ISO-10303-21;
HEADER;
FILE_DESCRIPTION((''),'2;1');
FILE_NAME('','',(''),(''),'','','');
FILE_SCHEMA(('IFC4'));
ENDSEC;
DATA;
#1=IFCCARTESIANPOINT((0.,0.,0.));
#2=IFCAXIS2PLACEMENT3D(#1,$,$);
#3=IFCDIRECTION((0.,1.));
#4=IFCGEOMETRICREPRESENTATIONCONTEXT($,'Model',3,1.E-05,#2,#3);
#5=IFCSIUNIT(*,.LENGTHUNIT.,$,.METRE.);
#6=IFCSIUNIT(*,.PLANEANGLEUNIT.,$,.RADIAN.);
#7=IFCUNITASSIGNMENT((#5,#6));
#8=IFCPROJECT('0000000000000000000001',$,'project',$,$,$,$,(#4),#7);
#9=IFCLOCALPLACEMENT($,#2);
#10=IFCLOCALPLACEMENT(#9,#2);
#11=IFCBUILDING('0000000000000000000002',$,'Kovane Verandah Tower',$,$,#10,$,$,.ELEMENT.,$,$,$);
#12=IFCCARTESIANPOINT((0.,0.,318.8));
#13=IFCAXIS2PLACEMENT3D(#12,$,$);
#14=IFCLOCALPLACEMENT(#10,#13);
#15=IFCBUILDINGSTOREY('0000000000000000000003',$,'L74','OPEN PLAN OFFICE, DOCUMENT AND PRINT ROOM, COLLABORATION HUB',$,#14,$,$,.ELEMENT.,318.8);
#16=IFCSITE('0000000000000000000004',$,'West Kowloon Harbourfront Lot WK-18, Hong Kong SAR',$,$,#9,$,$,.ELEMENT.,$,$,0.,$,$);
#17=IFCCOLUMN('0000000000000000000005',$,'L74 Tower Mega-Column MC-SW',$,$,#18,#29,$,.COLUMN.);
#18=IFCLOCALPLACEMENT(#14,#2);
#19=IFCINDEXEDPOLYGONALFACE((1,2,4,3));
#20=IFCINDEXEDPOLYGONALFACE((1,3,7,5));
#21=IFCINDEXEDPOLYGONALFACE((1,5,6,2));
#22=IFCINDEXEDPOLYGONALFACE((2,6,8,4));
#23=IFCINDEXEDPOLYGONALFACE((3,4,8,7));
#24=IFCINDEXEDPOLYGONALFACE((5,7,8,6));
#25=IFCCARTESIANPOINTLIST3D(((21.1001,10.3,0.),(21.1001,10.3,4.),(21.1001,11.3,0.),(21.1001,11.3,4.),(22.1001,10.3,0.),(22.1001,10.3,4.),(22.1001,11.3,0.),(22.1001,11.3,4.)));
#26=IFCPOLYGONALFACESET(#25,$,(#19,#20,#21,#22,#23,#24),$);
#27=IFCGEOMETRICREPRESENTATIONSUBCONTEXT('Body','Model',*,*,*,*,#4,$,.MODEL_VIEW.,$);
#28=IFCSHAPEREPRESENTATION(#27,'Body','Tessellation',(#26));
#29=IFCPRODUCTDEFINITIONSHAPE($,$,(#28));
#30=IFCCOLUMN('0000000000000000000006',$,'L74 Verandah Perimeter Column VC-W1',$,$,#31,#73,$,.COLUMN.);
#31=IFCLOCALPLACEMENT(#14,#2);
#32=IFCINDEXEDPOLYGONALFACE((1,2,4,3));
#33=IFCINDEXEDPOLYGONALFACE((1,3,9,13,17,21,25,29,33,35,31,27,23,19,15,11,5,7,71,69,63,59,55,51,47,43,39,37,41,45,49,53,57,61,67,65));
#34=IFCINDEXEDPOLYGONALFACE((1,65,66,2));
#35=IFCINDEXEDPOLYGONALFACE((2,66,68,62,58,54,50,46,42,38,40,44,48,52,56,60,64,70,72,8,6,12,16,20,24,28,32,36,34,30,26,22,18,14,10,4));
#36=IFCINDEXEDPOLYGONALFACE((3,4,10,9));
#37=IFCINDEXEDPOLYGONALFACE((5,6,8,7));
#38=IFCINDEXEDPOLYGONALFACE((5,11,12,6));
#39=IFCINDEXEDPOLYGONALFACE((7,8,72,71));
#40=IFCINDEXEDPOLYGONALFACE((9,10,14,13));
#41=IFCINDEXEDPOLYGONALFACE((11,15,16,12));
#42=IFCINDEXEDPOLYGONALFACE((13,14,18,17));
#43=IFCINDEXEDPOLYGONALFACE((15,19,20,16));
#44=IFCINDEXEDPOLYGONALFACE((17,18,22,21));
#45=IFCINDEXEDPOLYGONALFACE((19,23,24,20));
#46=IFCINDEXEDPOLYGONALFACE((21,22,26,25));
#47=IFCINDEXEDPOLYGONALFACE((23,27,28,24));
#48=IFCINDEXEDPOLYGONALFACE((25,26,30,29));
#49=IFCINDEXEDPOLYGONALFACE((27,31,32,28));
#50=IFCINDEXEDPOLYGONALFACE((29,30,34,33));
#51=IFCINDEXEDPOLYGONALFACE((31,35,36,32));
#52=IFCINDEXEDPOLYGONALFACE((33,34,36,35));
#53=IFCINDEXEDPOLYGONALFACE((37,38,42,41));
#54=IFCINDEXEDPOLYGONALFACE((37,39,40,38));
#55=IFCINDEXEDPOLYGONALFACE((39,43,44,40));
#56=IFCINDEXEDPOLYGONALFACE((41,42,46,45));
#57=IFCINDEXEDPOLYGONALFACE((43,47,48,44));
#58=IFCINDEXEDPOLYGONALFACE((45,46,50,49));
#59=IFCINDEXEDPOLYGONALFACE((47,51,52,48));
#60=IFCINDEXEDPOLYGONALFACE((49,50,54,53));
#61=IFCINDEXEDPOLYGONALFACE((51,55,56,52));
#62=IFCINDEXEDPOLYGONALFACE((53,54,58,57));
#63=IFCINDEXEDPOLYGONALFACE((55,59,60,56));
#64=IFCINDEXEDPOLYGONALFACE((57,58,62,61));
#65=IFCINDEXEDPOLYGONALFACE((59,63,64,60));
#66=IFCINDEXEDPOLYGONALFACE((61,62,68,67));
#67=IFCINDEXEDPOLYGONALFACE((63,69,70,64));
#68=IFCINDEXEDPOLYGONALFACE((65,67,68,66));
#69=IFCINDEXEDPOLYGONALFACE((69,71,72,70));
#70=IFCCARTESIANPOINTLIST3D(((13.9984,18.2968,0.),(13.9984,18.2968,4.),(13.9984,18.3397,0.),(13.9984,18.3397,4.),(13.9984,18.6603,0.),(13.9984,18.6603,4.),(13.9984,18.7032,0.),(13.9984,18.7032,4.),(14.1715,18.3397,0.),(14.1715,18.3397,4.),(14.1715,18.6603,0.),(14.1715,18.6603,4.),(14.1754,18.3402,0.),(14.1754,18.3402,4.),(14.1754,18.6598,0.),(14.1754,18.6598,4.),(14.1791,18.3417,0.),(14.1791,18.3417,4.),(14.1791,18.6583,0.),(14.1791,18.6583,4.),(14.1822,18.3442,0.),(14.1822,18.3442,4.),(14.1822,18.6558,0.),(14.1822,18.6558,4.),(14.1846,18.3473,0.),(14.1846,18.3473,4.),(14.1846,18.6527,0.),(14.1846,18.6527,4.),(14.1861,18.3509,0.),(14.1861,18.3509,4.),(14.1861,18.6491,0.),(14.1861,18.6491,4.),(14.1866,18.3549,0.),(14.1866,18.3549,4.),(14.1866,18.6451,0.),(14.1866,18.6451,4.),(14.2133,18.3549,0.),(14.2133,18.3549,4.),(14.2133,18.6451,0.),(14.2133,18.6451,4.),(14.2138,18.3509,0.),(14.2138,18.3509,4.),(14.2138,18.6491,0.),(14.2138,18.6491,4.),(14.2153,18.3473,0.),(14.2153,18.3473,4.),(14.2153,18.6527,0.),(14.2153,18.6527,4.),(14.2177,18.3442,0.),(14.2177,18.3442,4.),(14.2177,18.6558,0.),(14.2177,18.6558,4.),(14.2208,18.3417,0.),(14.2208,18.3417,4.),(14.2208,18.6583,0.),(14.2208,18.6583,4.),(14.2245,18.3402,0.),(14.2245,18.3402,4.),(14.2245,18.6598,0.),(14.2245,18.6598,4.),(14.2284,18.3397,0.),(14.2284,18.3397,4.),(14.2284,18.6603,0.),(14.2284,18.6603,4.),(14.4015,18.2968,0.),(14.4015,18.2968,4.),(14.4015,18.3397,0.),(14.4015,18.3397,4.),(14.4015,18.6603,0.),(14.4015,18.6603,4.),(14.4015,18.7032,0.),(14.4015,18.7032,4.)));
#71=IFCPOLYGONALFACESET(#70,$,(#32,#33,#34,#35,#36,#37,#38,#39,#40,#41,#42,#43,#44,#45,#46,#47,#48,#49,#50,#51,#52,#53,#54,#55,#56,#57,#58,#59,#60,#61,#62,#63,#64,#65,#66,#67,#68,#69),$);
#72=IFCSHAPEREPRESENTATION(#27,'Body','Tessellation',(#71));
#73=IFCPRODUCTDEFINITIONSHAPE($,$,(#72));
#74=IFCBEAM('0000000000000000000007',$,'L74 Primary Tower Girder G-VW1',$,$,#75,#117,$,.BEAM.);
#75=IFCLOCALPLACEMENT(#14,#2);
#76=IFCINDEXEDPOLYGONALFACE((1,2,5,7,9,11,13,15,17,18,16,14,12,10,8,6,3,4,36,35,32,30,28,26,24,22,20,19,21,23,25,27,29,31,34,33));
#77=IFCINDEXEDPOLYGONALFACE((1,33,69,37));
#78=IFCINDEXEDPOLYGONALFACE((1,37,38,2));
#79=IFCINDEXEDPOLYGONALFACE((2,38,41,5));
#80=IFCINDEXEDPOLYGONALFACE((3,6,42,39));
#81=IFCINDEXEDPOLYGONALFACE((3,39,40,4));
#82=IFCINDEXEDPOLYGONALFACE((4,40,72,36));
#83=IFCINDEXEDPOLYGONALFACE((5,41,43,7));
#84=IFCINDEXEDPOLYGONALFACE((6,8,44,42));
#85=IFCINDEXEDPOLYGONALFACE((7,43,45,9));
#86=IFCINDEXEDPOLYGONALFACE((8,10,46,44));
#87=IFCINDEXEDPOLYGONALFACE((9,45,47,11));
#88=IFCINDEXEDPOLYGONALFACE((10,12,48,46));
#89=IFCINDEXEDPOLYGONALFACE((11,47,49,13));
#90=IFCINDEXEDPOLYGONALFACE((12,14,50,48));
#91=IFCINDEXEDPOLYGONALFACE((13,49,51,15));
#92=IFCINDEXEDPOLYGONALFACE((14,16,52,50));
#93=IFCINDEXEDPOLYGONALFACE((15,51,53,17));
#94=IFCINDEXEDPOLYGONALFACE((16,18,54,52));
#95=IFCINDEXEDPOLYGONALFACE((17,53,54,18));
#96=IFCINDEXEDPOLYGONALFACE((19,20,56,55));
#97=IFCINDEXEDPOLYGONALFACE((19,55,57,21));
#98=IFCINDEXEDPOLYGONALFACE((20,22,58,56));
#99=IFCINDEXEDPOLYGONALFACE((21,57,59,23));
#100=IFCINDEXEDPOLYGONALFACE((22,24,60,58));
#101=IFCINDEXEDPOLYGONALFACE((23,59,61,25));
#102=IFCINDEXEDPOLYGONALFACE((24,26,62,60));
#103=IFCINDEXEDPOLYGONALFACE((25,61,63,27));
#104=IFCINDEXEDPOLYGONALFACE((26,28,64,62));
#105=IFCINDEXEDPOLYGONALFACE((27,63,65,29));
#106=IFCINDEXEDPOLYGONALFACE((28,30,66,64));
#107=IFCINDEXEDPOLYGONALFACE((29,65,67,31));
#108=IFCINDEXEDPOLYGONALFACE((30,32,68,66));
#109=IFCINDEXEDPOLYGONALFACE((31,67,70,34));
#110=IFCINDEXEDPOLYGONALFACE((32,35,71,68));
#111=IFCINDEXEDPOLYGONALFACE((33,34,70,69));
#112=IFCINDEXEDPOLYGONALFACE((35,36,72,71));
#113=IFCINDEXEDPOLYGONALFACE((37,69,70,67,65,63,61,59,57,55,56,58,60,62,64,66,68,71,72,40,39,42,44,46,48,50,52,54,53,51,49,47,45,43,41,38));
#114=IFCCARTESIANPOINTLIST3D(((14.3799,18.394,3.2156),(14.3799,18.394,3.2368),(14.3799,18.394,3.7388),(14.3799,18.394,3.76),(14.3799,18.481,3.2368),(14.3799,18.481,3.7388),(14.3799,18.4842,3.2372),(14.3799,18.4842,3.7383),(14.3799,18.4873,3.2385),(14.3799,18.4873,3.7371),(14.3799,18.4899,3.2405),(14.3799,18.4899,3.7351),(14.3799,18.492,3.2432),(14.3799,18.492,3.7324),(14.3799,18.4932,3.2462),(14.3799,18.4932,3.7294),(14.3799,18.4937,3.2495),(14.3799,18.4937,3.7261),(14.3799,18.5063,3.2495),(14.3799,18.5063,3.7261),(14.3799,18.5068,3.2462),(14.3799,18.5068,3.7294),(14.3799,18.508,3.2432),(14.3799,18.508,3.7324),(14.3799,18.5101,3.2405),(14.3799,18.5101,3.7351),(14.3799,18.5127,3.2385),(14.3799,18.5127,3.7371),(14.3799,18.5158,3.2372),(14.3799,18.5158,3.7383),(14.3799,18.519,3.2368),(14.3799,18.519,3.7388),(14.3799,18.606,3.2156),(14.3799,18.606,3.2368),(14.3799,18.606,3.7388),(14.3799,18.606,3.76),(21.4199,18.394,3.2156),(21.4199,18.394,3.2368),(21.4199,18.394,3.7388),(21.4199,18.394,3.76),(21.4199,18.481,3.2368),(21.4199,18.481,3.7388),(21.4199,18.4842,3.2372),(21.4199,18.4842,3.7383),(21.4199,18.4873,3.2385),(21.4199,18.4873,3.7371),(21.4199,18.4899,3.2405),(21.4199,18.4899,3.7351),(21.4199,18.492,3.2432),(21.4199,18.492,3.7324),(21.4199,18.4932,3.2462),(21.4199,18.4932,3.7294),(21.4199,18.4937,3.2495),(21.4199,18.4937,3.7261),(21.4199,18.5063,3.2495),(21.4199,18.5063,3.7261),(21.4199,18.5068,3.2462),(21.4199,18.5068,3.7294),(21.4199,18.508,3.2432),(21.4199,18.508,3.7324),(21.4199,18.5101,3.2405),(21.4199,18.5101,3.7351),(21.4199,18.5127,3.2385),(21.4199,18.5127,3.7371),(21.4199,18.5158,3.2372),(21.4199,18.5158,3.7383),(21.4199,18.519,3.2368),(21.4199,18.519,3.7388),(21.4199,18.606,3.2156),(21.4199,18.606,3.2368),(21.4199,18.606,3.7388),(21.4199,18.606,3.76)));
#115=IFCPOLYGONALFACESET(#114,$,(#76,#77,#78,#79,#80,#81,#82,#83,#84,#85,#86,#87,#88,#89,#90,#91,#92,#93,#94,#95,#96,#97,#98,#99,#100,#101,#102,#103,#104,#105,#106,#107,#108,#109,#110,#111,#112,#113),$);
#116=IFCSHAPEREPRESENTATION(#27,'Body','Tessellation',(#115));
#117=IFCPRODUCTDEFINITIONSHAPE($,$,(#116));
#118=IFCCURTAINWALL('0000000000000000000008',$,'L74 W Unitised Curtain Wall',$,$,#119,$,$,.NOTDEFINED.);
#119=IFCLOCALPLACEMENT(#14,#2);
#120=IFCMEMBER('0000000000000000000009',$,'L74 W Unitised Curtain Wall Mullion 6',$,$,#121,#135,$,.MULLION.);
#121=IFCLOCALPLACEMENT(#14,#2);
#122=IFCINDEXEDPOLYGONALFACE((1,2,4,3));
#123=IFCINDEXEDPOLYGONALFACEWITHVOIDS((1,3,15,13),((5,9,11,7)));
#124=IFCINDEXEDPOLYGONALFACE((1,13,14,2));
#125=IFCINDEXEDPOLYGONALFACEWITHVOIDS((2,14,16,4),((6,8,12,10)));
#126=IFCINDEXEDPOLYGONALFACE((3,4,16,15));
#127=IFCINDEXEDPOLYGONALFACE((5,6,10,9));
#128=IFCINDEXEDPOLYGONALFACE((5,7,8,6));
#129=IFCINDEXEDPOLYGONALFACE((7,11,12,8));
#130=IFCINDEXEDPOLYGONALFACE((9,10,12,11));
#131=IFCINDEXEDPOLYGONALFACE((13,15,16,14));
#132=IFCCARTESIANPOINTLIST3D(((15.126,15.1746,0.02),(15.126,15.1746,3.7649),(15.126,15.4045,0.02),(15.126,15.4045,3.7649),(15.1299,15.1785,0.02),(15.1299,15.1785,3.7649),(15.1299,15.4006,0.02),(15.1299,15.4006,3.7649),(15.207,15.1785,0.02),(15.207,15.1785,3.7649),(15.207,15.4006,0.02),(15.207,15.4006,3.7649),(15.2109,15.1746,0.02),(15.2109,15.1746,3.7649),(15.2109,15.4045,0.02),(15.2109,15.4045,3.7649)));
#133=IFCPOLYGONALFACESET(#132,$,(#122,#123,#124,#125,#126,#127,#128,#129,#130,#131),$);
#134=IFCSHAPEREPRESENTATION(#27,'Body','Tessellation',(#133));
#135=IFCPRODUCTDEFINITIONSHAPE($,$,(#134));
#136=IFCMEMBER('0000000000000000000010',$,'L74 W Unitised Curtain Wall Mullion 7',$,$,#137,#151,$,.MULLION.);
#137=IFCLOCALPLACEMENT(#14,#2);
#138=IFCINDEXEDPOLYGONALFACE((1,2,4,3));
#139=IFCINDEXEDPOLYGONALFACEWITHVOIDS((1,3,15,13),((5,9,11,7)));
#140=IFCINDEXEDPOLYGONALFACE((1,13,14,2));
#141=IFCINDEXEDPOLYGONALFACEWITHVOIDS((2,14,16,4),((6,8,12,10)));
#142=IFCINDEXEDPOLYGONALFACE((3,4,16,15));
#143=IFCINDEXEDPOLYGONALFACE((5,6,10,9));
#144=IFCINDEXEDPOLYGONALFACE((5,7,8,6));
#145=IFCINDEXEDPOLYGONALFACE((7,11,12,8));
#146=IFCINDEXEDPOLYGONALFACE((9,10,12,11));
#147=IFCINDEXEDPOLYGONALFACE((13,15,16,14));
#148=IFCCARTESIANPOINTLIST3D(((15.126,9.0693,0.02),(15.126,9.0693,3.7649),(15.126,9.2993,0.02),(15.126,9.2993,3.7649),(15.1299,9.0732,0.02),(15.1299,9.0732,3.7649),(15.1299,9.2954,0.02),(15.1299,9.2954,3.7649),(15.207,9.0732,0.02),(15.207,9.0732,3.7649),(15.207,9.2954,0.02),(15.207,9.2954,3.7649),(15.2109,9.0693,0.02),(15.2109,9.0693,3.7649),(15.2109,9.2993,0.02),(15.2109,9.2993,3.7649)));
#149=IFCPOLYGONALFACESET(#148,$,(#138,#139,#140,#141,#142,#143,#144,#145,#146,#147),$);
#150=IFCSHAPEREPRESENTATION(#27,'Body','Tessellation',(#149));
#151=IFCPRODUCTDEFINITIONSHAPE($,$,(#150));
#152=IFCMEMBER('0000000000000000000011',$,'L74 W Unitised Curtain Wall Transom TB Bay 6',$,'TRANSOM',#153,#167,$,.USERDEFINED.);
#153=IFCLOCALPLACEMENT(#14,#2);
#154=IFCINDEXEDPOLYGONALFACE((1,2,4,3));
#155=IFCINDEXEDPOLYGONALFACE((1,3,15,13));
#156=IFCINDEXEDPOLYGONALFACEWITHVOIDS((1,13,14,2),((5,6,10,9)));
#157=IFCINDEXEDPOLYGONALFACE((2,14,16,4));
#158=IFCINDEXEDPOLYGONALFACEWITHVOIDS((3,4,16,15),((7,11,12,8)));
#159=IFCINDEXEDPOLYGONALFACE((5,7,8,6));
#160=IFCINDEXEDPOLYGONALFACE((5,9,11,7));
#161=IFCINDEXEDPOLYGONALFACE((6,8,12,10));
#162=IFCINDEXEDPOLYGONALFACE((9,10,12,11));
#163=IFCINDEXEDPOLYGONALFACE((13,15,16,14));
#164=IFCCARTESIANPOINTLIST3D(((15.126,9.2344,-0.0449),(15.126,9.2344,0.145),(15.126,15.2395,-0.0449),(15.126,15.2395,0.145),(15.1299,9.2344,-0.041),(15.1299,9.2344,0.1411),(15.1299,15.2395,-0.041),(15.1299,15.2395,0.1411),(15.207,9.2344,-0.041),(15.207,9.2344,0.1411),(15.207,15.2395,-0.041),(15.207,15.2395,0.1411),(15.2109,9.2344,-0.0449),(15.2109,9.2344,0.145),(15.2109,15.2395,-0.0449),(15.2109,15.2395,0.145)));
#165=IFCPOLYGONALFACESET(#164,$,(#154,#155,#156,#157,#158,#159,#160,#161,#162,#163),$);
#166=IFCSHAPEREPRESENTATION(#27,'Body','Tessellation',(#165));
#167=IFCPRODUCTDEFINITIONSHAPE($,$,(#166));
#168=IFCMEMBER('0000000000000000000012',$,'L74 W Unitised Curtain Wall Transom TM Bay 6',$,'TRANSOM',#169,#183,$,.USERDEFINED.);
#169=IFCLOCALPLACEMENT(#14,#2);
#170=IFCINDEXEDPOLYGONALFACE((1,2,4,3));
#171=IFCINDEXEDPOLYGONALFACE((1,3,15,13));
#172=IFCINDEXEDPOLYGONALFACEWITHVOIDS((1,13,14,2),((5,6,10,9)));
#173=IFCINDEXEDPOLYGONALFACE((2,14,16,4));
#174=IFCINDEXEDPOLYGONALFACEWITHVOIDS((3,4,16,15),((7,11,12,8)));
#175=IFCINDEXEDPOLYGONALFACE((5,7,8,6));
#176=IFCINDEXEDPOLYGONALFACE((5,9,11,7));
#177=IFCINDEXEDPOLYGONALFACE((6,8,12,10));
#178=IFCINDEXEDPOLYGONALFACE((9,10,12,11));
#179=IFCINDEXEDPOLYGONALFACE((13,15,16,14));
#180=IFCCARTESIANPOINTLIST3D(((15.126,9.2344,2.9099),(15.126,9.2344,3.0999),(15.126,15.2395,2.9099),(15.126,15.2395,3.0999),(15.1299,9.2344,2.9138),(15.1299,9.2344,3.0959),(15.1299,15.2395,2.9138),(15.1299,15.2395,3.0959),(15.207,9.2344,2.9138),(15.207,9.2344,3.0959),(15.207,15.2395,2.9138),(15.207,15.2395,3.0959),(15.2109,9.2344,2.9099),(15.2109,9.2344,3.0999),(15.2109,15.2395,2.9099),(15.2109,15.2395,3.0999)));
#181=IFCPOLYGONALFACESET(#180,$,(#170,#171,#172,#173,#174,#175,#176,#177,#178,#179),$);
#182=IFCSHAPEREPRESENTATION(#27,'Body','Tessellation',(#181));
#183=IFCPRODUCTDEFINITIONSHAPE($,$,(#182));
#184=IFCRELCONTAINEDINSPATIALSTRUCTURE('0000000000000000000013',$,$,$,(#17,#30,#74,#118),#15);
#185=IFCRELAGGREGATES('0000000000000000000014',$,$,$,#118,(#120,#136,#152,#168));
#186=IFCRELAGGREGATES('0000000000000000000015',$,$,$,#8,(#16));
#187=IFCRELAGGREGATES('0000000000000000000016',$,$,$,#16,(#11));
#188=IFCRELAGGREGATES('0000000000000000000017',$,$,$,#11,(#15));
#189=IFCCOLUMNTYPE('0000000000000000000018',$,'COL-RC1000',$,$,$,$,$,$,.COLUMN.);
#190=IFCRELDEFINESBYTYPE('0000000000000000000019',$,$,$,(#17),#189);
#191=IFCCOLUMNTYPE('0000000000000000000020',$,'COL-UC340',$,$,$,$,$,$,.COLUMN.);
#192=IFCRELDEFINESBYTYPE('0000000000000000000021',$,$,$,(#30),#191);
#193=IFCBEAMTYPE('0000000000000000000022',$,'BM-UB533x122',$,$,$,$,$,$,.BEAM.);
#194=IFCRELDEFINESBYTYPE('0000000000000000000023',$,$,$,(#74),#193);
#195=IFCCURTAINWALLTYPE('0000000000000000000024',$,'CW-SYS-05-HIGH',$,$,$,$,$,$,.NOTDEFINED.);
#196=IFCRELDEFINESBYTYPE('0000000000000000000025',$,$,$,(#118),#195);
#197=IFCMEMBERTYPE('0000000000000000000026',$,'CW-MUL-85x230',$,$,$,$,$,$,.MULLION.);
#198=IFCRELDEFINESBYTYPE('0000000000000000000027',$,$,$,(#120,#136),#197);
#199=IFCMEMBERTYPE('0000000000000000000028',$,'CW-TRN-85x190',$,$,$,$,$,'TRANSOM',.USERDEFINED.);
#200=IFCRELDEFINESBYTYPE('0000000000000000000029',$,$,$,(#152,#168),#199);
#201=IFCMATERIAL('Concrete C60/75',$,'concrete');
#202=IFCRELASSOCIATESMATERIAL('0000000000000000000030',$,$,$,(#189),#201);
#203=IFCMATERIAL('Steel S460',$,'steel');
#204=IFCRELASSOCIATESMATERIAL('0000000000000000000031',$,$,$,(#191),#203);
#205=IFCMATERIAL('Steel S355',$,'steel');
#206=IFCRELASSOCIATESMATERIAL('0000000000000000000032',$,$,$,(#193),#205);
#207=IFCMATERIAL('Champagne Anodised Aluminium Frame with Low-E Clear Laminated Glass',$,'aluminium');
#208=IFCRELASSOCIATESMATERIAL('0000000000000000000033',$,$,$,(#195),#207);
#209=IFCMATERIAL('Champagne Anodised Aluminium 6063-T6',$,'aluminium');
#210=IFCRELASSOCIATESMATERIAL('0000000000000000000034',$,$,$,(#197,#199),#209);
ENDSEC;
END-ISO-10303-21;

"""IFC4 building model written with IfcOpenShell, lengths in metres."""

from ifc_helpers import new_model, si_unit, direction, frame, origin, origin_2d, place, context, subcontext, project, spatial, rectangle, hollow_rectangle, i_section, extrude, material, material_profile, profile_set, type_object, element, aggregate, save


model = new_model("IFC4")

# Units and contexts
model_context = context("Model", 3, precision=1e-05, world=origin(), true_north=direction((0.0, 1.0)))
body_context = subcontext(model_context, "Body", "Model", "MODEL_VIEW")
ifc_project = project(units=[si_unit("LENGTHUNIT", "METRE"), si_unit("PLANEANGLEUNIT", "RADIAN")], contexts=[model_context])

# Site, building, storey
site_placement = place(None, origin())
site = spatial("IfcSite", under=ifc_project, at=site_placement, Name="West Kowloon Harbourfront Lot WK-18, Hong Kong SAR", CompositionType="ELEMENT", RefElevation=0.0)
building_placement = place(site_placement, origin())
building = spatial("IfcBuilding", under=site, at=building_placement, Name="Kovane Verandah Tower", CompositionType="ELEMENT")
storey_placement = place(building_placement, frame((0.0, 0.0, 318.8)))
storey = spatial("IfcBuildingStorey", under=building, at=storey_placement, Name="L74", Description="OPEN PLAN OFFICE, DOCUMENT AND PRINT ROOM, COLLABORATION HUB", CompositionType="ELEMENT", Elevation=318.8)

# Columns
ifc_material_1 = material(Name="Concrete C60/75", Category="concrete")
ifc_material_profile_1 = material_profile(ifc_material_1, rectangle(XDim=1.0, YDim=1.0, at=origin_2d()), Name="RC1000x1000")
ifc_profile_set_1 = profile_set([ifc_material_profile_1], Name="Concrete C60/75")
column_type_1 = type_object("IfcColumnType", Name="COL-RC1000", PredefinedType="COLUMN", material=ifc_profile_set_1)
column_1_placement = place(storey_placement, frame((21.6001, 10.8, 0.0), z_axis=(0.0, 0.0, 1.0), x_axis=(1.0, 0.0, 0.0)))
element("IfcColumn", 1, at=column_1_placement, inside=storey, type_object=column_type_1, Name="L74 Tower Mega-Column MC-SW", PredefinedType="COLUMN", context=body_context, shape_type="SweptSolid", body=[
    extrude(rectangle(XDim=1.0, YDim=1.0, at=origin_2d()), origin(), (0.0, 0.0, 1.0), 4.0),
])
ifc_material_2 = material(Name="Steel S460", Category="steel")
ifc_material_profile_2 = material_profile(ifc_material_2, i_section(OverallWidth=0.4031, OverallDepth=0.4065, WebThickness=0.0266, FlangeThickness=0.043, FilletRadius=0.0151, at=origin_2d()), Name="UC356x406x340")
ifc_profile_set_2 = profile_set([ifc_material_profile_2], Name="Steel S460")
column_type_2 = type_object("IfcColumnType", Name="COL-UC340", PredefinedType="COLUMN", material=ifc_profile_set_2)
column_2_placement = place(storey_placement, frame((14.2, 18.5, 0.0), z_axis=(0.0, 0.0, 1.0), x_axis=(1.0, 0.0, 0.0)))
element("IfcColumn", 2, at=column_2_placement, inside=storey, type_object=column_type_2, Name="L74 Verandah Perimeter Column VC-W1", PredefinedType="COLUMN", context=body_context, shape_type="SweptSolid", body=[
    extrude(i_section(OverallWidth=0.4031, OverallDepth=0.4065, WebThickness=0.0266, FlangeThickness=0.043, FilletRadius=0.0151, at=origin_2d()), origin(), (0.0, 0.0, 1.0), 4.0),
])

# Beam
ifc_material_3 = material(Name="Steel S355", Category="steel")
ifc_material_profile_3 = material_profile(ifc_material_3, i_section(OverallWidth=0.2119, OverallDepth=0.5444, WebThickness=0.0127, FlangeThickness=0.0212, FilletRadius=0.0127, at=origin_2d()), Name="UB533x210x122")
ifc_profile_set_3 = profile_set([ifc_material_profile_3], Name="Steel S355")
beam_type = type_object("IfcBeamType", Name="BM-UB533x122", PredefinedType="BEAM", material=ifc_profile_set_3)
beam_placement = place(storey_placement, frame((21.4199, 18.5, 3.4878), z_axis=(-1.0, 0.0, 0.0), x_axis=(0.0, -1.0, 0.0)))
element("IfcBeam", 3, at=beam_placement, inside=storey, type_object=beam_type, Name="L74 Primary Tower Girder G-VW1", PredefinedType="BEAM", context=body_context, shape_type="SweptSolid", body=[
    extrude(i_section(OverallWidth=0.2119, OverallDepth=0.5444, WebThickness=0.0127, FlangeThickness=0.0212, FilletRadius=0.0127, at=origin_2d()), origin(), (0.0, 0.0, 1.0), 7.04),
])

# Curtain wall, members
ifc_material_4 = material(Name="Champagne Anodised Aluminium Frame with Low-E Clear Laminated Glass", Category="aluminium")
curtain_wall_type = type_object("IfcCurtainWallType", Name="CW-SYS-05-HIGH", PredefinedType="NOTDEFINED", material=ifc_material_4)
curtain_wall_placement = place(storey_placement, origin())
curtain_wall = element("IfcCurtainWall", 4, at=curtain_wall_placement, inside=storey, type_object=curtain_wall_type, Name="L74 W Unitised Curtain Wall", PredefinedType="NOTDEFINED")
ifc_material_5 = material(Name="Champagne Anodised Aluminium 6063-T6", Category="aluminium")
ifc_material_profile_4 = material_profile(ifc_material_5, hollow_rectangle(XDim=0.085, YDim=0.23, WallThickness=0.0039, at=origin_2d()), Name="AL85x230x4")
ifc_profile_set_4 = profile_set([ifc_material_profile_4], Name="Champagne Anodised Aluminium 6063-T6")
member_type_1 = type_object("IfcMemberType", Name="CW-MUL-85x230", PredefinedType="MULLION", material=ifc_profile_set_4)
member_1_placement = place(storey_placement, frame((15.1685, 15.2896, 0.02), z_axis=(0.0, 0.0, 1.0), x_axis=(-1.0, 0.0, 0.0)))
member_1 = element("IfcMember", 5, at=member_1_placement, type_object=member_type_1, Name="L74 W Unitised Curtain Wall Mullion 6", PredefinedType="MULLION", context=body_context, shape_type="SweptSolid", body=[
    extrude(hollow_rectangle(XDim=0.085, YDim=0.23, WallThickness=0.0039, at=origin_2d()), origin(), (0.0, 0.0, 1.0), 3.7449),
])
member_2_placement = place(storey_placement, frame((15.1685, 9.1843, 0.02), z_axis=(0.0, 0.0, 1.0), x_axis=(-1.0, 0.0, 0.0)))
member_2 = element("IfcMember", 6, at=member_2_placement, type_object=member_type_1, Name="L74 W Unitised Curtain Wall Mullion 7", PredefinedType="MULLION", context=body_context, shape_type="SweptSolid", body=[
    extrude(hollow_rectangle(XDim=0.085, YDim=0.23, WallThickness=0.0039, at=origin_2d()), origin(), (0.0, 0.0, 1.0), 3.7449),
])
ifc_material_profile_5 = material_profile(ifc_material_5, hollow_rectangle(XDim=0.085, YDim=0.1899, WallThickness=0.0039, at=origin_2d()), Name="AL85x190x4")
ifc_profile_set_5 = profile_set([ifc_material_profile_5], Name="Champagne Anodised Aluminium 6063-T6")
member_type_2 = type_object("IfcMemberType", Name="CW-TRN-85x190", ElementType="TRANSOM", PredefinedType="USERDEFINED", material=ifc_profile_set_5)
member_3_placement = place(storey_placement, frame((15.1685, 15.2395, 0.05), z_axis=(0.0, -1.0, 0.0), x_axis=(1.0, 0.0, 0.0)))
member_3 = element("IfcMember", 7, at=member_3_placement, type_object=member_type_2, Name="L74 W Unitised Curtain Wall Transom TB Bay 6", ObjectType="TRANSOM", PredefinedType="USERDEFINED", context=body_context, shape_type="SweptSolid", body=[
    extrude(hollow_rectangle(XDim=0.085, YDim=0.1899, WallThickness=0.0039, at=origin_2d()), origin(), (0.0, 0.0, 1.0), 6.0051),
])
member_4_placement = place(storey_placement, frame((15.1685, 15.2395, 3.0049), z_axis=(0.0, -1.0, 0.0), x_axis=(1.0, 0.0, 0.0)))
member_4 = element("IfcMember", 8, at=member_4_placement, type_object=member_type_2, Name="L74 W Unitised Curtain Wall Transom TM Bay 6", ObjectType="TRANSOM", PredefinedType="USERDEFINED", context=body_context, shape_type="SweptSolid", body=[
    extrude(hollow_rectangle(XDim=0.085, YDim=0.1899, WallThickness=0.0039, at=origin_2d()), origin(), (0.0, 0.0, 1.0), 6.0051),
])
aggregate(curtain_wall, [member_1, member_2, member_3, member_4])

save(model, "model.ifc")
